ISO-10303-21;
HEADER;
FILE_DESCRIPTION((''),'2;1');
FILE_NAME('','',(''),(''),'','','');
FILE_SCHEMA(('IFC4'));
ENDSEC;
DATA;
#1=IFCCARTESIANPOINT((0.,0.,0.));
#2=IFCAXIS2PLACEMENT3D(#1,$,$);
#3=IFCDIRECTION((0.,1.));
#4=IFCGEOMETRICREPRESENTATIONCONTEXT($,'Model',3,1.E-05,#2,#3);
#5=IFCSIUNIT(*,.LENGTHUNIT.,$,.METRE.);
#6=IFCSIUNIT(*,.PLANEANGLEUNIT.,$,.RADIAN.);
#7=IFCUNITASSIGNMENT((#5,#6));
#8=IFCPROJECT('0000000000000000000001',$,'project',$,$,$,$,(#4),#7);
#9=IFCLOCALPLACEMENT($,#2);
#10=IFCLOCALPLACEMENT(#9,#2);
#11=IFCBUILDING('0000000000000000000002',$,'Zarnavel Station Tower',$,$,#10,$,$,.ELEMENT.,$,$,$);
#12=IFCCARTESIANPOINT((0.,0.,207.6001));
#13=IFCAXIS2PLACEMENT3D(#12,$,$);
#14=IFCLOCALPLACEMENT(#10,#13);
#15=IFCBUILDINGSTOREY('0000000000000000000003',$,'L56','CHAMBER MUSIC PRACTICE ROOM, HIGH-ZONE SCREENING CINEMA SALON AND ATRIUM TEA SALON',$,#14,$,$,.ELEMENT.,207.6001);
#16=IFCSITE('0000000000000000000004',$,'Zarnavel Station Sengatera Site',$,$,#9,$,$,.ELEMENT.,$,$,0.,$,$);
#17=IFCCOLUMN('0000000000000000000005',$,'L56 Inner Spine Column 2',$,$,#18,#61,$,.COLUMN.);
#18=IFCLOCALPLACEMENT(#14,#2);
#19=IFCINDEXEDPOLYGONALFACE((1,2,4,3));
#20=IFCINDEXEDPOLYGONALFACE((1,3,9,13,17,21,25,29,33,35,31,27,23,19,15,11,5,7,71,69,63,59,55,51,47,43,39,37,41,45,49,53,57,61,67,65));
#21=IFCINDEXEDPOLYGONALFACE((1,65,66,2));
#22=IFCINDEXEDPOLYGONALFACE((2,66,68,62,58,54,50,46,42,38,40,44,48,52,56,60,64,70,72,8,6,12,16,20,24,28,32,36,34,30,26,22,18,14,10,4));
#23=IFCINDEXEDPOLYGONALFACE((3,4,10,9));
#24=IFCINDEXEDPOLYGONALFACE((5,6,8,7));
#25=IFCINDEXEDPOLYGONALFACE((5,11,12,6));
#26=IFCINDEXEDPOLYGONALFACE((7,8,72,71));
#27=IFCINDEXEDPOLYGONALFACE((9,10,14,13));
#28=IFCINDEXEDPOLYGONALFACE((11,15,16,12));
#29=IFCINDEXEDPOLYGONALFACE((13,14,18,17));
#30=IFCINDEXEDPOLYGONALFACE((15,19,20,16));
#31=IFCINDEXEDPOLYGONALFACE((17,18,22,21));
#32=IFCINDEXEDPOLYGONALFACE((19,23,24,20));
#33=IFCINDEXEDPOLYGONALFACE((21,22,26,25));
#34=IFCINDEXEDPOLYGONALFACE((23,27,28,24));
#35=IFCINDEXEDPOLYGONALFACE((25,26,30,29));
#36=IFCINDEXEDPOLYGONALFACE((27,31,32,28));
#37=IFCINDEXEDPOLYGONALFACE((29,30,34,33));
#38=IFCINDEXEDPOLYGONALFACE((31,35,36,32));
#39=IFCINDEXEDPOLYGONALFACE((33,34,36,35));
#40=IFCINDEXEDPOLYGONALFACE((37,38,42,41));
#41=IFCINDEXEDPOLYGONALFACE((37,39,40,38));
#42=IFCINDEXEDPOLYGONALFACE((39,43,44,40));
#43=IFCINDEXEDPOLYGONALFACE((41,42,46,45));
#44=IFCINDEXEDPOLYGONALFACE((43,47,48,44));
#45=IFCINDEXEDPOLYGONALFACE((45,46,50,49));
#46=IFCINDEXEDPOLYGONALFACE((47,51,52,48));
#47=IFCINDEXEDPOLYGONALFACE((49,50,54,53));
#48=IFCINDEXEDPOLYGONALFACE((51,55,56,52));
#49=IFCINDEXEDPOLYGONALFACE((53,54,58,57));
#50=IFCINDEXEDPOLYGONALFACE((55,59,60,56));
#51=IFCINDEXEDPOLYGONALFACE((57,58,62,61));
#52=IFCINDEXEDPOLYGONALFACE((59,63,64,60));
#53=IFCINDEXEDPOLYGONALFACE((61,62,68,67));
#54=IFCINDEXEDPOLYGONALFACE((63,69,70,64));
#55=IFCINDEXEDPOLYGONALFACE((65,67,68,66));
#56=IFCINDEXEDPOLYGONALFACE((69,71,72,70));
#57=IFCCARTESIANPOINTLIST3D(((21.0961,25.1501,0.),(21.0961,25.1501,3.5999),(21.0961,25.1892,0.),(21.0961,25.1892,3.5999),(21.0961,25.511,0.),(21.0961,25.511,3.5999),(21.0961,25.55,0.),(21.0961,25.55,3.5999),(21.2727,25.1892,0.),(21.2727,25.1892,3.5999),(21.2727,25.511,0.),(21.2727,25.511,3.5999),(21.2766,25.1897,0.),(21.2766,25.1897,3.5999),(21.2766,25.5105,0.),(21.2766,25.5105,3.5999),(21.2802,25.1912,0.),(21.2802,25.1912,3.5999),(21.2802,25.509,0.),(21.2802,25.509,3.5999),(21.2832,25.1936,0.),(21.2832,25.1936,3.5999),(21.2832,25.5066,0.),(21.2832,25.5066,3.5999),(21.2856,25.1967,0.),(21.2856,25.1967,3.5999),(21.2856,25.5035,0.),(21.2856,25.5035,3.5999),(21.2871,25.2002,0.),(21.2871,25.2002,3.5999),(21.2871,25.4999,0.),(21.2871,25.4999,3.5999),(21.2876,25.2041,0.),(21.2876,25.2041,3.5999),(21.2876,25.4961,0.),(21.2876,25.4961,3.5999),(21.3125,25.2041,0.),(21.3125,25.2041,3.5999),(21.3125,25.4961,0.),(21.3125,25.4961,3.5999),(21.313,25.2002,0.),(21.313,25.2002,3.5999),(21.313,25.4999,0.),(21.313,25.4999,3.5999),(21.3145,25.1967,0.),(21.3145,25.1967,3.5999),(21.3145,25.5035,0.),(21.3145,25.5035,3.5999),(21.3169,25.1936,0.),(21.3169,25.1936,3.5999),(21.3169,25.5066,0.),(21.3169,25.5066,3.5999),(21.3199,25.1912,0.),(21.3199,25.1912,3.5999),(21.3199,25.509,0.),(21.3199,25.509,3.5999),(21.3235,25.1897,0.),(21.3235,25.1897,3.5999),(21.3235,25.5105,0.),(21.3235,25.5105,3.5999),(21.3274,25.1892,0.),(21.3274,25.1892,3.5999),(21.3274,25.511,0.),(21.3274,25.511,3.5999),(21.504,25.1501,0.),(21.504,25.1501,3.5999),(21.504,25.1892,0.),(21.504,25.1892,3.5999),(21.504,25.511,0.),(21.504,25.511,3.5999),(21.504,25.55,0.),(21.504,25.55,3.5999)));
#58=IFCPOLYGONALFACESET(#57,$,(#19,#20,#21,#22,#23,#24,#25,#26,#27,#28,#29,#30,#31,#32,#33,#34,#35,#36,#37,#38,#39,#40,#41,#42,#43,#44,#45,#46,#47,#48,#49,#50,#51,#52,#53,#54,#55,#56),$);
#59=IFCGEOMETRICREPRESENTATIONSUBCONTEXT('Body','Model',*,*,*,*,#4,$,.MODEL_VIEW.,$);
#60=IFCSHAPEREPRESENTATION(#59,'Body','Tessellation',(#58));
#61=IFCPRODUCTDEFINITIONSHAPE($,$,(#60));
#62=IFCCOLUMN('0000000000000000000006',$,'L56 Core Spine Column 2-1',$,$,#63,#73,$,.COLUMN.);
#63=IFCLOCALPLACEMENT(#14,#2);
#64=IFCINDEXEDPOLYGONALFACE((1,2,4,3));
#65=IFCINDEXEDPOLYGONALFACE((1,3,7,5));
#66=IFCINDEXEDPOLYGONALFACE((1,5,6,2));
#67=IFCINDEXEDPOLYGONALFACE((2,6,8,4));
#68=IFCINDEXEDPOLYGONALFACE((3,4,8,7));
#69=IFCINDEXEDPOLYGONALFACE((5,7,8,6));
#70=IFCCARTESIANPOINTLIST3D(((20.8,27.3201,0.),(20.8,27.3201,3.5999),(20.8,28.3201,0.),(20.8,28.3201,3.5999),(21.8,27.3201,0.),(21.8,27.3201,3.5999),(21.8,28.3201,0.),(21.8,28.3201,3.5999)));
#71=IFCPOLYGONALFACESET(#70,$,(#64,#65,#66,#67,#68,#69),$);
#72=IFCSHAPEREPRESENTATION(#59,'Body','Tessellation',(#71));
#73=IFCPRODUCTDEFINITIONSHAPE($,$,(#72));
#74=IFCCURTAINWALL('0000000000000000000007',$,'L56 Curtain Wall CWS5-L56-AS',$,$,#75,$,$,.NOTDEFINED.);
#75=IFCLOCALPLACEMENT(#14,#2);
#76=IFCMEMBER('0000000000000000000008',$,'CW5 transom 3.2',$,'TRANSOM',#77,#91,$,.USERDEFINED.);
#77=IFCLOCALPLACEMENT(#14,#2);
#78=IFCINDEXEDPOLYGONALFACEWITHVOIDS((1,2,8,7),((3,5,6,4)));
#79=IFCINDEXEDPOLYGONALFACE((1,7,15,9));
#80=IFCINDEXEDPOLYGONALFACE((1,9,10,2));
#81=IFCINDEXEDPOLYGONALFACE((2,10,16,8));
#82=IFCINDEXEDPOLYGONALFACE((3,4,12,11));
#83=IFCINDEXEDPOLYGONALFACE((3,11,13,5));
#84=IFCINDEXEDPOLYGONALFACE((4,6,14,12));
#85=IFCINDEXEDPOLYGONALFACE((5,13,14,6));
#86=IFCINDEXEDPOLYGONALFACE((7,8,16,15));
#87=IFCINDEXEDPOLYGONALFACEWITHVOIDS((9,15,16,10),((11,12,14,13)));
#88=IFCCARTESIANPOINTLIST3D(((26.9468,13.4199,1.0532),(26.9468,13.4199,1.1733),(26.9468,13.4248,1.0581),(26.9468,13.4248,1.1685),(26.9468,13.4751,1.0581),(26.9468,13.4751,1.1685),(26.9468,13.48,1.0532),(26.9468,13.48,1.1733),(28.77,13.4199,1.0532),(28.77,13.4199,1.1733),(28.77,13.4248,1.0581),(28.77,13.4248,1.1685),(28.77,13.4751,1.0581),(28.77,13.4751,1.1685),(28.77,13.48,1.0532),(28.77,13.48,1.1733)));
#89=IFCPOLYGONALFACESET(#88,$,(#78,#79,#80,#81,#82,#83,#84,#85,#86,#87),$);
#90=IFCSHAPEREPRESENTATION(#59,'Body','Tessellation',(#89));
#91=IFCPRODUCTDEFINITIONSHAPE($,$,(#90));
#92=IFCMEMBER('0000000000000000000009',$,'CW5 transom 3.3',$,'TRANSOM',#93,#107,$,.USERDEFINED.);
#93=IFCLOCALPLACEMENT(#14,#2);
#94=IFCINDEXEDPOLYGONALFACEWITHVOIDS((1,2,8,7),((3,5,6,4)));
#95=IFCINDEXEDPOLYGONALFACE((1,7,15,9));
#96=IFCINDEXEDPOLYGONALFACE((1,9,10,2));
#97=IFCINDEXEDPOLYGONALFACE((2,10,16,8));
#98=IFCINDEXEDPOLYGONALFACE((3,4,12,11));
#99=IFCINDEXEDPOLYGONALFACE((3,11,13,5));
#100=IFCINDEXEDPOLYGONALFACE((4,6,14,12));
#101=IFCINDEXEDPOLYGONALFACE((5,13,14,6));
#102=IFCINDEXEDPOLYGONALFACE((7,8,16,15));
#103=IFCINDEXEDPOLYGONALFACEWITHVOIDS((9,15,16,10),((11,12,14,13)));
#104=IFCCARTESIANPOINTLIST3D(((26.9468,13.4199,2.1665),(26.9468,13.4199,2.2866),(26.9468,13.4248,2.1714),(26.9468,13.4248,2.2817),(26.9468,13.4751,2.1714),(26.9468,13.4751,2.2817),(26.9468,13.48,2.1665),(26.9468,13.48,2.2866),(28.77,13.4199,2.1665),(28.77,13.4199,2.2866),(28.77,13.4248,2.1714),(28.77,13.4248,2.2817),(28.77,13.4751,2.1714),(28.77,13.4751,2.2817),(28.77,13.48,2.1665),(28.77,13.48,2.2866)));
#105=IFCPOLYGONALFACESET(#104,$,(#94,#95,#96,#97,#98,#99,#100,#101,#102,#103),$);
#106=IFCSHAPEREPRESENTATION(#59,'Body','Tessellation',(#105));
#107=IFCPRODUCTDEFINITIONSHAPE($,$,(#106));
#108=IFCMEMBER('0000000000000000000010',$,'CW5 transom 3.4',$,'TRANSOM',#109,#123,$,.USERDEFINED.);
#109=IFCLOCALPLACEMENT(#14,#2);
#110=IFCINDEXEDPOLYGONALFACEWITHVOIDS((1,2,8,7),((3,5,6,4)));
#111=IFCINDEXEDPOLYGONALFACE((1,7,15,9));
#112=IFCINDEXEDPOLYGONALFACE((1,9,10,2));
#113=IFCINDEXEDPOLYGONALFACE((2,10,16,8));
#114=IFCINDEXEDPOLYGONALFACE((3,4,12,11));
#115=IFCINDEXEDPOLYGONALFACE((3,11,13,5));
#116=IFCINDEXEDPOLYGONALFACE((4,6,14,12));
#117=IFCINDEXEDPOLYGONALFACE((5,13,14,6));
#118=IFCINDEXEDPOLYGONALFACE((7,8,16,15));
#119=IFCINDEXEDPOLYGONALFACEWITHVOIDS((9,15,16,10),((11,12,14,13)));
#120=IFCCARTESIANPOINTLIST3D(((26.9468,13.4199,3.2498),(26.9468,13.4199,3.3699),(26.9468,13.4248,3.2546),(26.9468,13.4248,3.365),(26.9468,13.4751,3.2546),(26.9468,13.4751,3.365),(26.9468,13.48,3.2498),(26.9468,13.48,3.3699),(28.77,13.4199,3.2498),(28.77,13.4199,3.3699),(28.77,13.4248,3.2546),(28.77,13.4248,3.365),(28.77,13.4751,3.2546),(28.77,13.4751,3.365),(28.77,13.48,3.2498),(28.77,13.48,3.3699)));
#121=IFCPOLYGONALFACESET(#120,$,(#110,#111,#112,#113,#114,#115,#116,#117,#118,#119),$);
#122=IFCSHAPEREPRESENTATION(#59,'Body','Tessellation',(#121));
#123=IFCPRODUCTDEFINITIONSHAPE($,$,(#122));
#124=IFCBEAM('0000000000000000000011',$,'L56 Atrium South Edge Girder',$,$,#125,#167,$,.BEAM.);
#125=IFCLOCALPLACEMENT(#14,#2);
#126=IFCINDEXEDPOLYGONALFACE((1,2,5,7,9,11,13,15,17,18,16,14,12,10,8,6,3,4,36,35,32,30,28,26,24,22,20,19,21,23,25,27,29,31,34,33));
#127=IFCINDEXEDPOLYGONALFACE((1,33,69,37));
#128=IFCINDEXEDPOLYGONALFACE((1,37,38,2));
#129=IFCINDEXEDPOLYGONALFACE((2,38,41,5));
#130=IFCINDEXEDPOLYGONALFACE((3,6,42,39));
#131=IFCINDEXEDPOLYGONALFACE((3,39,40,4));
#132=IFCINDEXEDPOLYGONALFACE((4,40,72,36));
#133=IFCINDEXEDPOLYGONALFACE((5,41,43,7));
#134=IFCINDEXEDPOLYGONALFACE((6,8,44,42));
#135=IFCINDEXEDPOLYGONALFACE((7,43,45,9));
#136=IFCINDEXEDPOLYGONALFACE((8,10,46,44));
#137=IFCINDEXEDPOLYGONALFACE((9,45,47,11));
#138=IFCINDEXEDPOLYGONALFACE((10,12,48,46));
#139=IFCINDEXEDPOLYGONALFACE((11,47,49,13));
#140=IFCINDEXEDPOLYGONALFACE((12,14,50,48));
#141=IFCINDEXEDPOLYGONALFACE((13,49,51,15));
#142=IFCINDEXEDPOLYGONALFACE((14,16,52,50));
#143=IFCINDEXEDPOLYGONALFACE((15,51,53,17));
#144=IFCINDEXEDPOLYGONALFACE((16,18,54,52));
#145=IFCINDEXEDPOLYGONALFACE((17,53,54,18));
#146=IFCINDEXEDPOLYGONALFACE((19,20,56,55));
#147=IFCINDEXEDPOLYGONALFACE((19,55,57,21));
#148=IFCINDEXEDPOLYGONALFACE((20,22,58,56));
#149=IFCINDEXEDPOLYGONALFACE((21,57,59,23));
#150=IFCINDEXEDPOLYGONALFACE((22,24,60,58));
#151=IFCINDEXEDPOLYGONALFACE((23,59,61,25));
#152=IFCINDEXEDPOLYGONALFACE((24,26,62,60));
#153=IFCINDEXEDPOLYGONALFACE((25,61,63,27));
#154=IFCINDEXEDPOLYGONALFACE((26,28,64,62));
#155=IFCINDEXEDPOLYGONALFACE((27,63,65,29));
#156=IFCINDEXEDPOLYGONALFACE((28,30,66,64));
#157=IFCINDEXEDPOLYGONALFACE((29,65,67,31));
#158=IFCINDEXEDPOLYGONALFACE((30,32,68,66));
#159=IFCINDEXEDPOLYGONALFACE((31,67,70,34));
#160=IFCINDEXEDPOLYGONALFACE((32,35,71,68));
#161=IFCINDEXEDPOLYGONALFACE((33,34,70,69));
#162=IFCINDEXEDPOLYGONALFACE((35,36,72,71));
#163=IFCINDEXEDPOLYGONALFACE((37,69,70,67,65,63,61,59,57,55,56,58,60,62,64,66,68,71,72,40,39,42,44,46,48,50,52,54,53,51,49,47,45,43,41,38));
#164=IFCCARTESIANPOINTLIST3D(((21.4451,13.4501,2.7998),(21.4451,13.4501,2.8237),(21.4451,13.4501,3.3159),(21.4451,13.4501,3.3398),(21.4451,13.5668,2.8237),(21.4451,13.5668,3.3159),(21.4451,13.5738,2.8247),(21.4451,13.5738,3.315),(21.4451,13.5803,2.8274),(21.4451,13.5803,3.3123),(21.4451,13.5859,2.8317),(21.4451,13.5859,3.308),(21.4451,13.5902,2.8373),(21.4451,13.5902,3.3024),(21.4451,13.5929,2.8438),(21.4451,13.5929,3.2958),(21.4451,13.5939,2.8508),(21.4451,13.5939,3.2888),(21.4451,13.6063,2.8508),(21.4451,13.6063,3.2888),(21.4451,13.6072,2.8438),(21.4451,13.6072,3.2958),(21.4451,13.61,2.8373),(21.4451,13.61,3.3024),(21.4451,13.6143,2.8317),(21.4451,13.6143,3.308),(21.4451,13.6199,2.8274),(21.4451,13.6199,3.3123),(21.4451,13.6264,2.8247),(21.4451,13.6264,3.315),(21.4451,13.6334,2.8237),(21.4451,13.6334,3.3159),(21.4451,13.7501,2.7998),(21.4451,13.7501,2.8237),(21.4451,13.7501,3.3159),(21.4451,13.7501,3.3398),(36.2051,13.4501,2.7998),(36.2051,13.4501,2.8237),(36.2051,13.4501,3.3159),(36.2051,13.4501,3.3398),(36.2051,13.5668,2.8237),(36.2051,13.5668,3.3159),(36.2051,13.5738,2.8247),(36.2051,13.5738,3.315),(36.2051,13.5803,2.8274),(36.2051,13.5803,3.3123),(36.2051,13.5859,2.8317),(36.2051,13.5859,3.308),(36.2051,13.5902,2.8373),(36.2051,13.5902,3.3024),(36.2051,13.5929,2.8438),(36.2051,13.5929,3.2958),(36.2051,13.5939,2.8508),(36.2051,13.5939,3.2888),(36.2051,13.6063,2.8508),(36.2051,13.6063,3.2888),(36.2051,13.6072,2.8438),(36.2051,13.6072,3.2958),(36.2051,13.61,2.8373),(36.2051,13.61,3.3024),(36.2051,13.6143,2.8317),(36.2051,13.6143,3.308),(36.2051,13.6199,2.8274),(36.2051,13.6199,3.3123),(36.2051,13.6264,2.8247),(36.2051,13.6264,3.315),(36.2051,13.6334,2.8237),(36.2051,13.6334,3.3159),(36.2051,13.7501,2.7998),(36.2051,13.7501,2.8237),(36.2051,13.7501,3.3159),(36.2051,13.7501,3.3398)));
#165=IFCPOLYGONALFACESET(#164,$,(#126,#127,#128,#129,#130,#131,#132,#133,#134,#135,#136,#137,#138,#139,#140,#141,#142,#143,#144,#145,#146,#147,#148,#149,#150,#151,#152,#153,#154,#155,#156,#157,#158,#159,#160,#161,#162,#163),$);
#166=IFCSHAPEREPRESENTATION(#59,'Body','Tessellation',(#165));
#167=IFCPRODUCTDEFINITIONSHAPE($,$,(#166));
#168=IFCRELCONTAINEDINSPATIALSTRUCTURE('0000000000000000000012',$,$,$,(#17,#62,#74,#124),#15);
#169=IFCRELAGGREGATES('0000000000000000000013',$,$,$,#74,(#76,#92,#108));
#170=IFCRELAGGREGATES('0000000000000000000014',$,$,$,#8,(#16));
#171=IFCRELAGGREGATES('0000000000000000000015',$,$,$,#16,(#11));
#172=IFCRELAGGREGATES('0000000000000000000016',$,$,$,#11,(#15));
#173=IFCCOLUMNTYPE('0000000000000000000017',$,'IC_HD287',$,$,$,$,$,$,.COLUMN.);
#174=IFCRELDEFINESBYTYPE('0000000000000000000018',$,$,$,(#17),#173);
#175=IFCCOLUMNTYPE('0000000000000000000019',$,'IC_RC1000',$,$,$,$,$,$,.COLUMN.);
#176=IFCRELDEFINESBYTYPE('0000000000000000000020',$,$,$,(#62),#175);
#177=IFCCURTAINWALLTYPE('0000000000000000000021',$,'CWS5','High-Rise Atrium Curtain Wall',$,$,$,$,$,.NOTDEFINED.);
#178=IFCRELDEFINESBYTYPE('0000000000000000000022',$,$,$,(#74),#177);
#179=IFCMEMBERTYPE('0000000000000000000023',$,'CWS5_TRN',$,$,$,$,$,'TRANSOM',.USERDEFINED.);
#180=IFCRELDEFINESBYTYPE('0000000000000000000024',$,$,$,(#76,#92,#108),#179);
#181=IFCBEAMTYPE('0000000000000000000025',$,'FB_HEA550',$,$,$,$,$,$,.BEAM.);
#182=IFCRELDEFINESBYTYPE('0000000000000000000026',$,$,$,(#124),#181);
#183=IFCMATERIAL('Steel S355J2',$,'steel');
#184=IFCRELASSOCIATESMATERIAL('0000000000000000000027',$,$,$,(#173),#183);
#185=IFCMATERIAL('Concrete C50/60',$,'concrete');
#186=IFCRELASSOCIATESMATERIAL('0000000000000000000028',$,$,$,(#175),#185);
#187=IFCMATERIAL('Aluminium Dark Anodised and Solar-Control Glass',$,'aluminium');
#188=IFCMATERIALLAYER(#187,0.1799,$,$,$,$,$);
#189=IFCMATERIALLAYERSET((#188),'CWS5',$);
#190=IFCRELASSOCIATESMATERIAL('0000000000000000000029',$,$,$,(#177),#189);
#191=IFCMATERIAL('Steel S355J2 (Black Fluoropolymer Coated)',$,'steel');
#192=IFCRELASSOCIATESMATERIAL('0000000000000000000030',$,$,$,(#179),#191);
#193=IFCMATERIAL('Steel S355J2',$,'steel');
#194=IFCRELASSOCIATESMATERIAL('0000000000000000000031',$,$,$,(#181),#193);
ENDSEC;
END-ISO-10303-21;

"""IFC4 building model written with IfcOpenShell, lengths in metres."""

from ifc_helpers import new_model, si_unit, direction, frame, origin, origin_2d, place, context, subcontext, project, spatial, rectangle, hollow_rectangle, i_section, extrude, material, layer, layer_set, material_profile, profile_set, type_object, element, aggregate, save


model = new_model("IFC4")

# Units and contexts
model_context = context("Model", 3, precision=1e-05, world=origin(), true_north=direction((0.0, 1.0)))
body_context = subcontext(model_context, "Body", "Model", "MODEL_VIEW")
ifc_project = project(units=[si_unit("LENGTHUNIT", "METRE"), si_unit("PLANEANGLEUNIT", "RADIAN")], contexts=[model_context])

# Site, building, storey
site_placement = place(None, origin())
site = spatial("IfcSite", under=ifc_project, at=site_placement, Name="Zarnavel Station Sengatera Site", CompositionType="ELEMENT", RefElevation=0.0)
building_placement = place(site_placement, origin())
building = spatial("IfcBuilding", under=site, at=building_placement, Name="Zarnavel Station Tower", CompositionType="ELEMENT")
storey_placement = place(building_placement, frame((0.0, 0.0, 207.6001)))
storey = spatial("IfcBuildingStorey", under=building, at=storey_placement, Name="L56", Description="CHAMBER MUSIC PRACTICE ROOM, HIGH-ZONE SCREENING CINEMA SALON AND ATRIUM TEA SALON", CompositionType="ELEMENT", Elevation=207.6001)

# Columns
ifc_material_1 = material(Name="Steel S355J2", Category="steel")
ifc_material_profile_1 = material_profile(ifc_material_1, i_section(OverallWidth=0.408, OverallDepth=0.3999, WebThickness=0.0249, FlangeThickness=0.0391, FilletRadius=0.0149, at=origin_2d()), Name="HD400x287")
ifc_profile_set_1 = profile_set([ifc_material_profile_1], Name="Steel S355J2")
column_type_1 = type_object("IfcColumnType", Name="IC_HD287", PredefinedType="COLUMN", material=ifc_profile_set_1)
column_1_placement = place(storey_placement, frame((21.3, 25.3501, 0.0), z_axis=(0.0, 0.0, 1.0), x_axis=(1.0, 0.0, 0.0)))
element("IfcColumn", 1, at=column_1_placement, inside=storey, type_object=column_type_1, Name="L56 Inner Spine Column 2", PredefinedType="COLUMN", context=body_context, shape_type="SweptSolid", body=[
    extrude(i_section(OverallWidth=0.408, OverallDepth=0.3999, WebThickness=0.0249, FlangeThickness=0.0391, FilletRadius=0.0149, at=origin_2d()), origin(), (0.0, 0.0, 1.0), 3.5999),
])
ifc_material_2 = material(Name="Concrete C50/60", Category="concrete")
ifc_material_profile_2 = material_profile(ifc_material_2, rectangle(XDim=1.0, YDim=1.0, at=origin_2d()), Name="RC1000x1000")
ifc_profile_set_2 = profile_set([ifc_material_profile_2], Name="Concrete C50/60")
column_type_2 = type_object("IfcColumnType", Name="IC_RC1000", PredefinedType="COLUMN", material=ifc_profile_set_2)
column_2_placement = place(storey_placement, frame((21.3, 27.8201, 0.0), z_axis=(0.0, 0.0, 1.0), x_axis=(1.0, 0.0, 0.0)))
element("IfcColumn", 2, at=column_2_placement, inside=storey, type_object=column_type_2, Name="L56 Core Spine Column 2-1", PredefinedType="COLUMN", context=body_context, shape_type="SweptSolid", body=[
    extrude(rectangle(XDim=1.0, YDim=1.0, at=origin_2d()), origin(), (0.0, 0.0, 1.0), 3.5999),
])

# Curtain wall, members
ifc_material_3 = material(Name="Aluminium Dark Anodised and Solar-Control Glass", Category="aluminium")
ifc_layer_1 = layer(ifc_material_3, 0.1799)
ifc_layer_set_1 = layer_set([ifc_layer_1], Name="CWS5")
curtain_wall_type = type_object("IfcCurtainWallType", Name="CWS5", Description="High-Rise Atrium Curtain Wall", PredefinedType="NOTDEFINED", material=ifc_layer_set_1)
curtain_wall_placement = place(storey_placement, origin())
curtain_wall = element("IfcCurtainWall", 3, at=curtain_wall_placement, inside=storey, type_object=curtain_wall_type, Name="L56 Curtain Wall CWS5-L56-AS", PredefinedType="NOTDEFINED")
ifc_material_4 = material(Name="Steel S355J2 (Black Fluoropolymer Coated)", Category="steel")
ifc_material_profile_3 = material_profile(ifc_material_4, hollow_rectangle(XDim=0.0601, YDim=0.1201, WallThickness=0.0049, at=origin_2d()), Name="RHS120x60x5")
ifc_profile_set_3 = profile_set([ifc_material_profile_3], Name="Steel S355J2 (Black Fluoropolymer Coated)")
member_type = type_object("IfcMemberType", Name="CWS5_TRN", ElementType="TRANSOM", PredefinedType="USERDEFINED", material=ifc_profile_set_3)
member_1_placement = place(storey_placement, frame((26.9468, 13.45, 1.1133), z_axis=(1.0, 0.0, 0.0), x_axis=(0.0, 1.0, 0.0)))
member_1 = element("IfcMember", 4, at=member_1_placement, type_object=member_type, Name="CW5 transom 3.2", ObjectType="TRANSOM", PredefinedType="USERDEFINED", context=body_context, shape_type="SweptSolid", body=[
    extrude(hollow_rectangle(XDim=0.0601, YDim=0.1201, WallThickness=0.0049, at=origin_2d()), origin(), (0.0, 0.0, 1.0), 1.8232),
])
member_2_placement = place(storey_placement, frame((26.9468, 13.45, 2.2266), z_axis=(1.0, 0.0, 0.0), x_axis=(0.0, 1.0, 0.0)))
member_2 = element("IfcMember", 5, at=member_2_placement, type_object=member_type, Name="CW5 transom 3.3", ObjectType="TRANSOM", PredefinedType="USERDEFINED", context=body_context, shape_type="SweptSolid", body=[
    extrude(hollow_rectangle(XDim=0.0601, YDim=0.1201, WallThickness=0.0049, at=origin_2d()), origin(), (0.0, 0.0, 1.0), 1.8232),
])
member_3_placement = place(storey_placement, frame((26.9468, 13.45, 3.3098), z_axis=(1.0, 0.0, 0.0), x_axis=(0.0, 1.0, 0.0)))
member_3 = element("IfcMember", 6, at=member_3_placement, type_object=member_type, Name="CW5 transom 3.4", ObjectType="TRANSOM", PredefinedType="USERDEFINED", context=body_context, shape_type="SweptSolid", body=[
    extrude(hollow_rectangle(XDim=0.0601, YDim=0.1201, WallThickness=0.0049, at=origin_2d()), origin(), (0.0, 0.0, 1.0), 1.8232),
])
aggregate(curtain_wall, [member_1, member_2, member_3])

# Beam
ifc_material_5 = material(Name="Steel S355J2", Category="steel")
ifc_material_profile_4 = material_profile(ifc_material_5, i_section(OverallWidth=0.3, OverallDepth=0.54, WebThickness=0.0125, FlangeThickness=0.0239, FilletRadius=0.0271, at=origin_2d()), Name="HEA550")
ifc_profile_set_4 = profile_set([ifc_material_profile_4], Name="Steel S355J2")
beam_type_1 = type_object("IfcBeamType", Name="FB_HEA550", PredefinedType="BEAM", material=ifc_profile_set_4)
beam_1_placement = place(storey_placement, frame((21.4451, 13.6001, 3.0698), z_axis=(1.0, 0.0, 0.0), x_axis=(0.0, 1.0, 0.0)))
element("IfcBeam", 7, at=beam_1_placement, inside=storey, type_object=beam_type_1, Name="L56 Atrium South Edge Girder", PredefinedType="BEAM", context=body_context, shape_type="SweptSolid", body=[
    extrude(i_section(OverallWidth=0.3, OverallDepth=0.54, WebThickness=0.0125, FlangeThickness=0.0239, FilletRadius=0.0271, at=origin_2d()), origin(), (0.0, 0.0, 1.0), 14.76),
])

save(model, "model.ifc")
